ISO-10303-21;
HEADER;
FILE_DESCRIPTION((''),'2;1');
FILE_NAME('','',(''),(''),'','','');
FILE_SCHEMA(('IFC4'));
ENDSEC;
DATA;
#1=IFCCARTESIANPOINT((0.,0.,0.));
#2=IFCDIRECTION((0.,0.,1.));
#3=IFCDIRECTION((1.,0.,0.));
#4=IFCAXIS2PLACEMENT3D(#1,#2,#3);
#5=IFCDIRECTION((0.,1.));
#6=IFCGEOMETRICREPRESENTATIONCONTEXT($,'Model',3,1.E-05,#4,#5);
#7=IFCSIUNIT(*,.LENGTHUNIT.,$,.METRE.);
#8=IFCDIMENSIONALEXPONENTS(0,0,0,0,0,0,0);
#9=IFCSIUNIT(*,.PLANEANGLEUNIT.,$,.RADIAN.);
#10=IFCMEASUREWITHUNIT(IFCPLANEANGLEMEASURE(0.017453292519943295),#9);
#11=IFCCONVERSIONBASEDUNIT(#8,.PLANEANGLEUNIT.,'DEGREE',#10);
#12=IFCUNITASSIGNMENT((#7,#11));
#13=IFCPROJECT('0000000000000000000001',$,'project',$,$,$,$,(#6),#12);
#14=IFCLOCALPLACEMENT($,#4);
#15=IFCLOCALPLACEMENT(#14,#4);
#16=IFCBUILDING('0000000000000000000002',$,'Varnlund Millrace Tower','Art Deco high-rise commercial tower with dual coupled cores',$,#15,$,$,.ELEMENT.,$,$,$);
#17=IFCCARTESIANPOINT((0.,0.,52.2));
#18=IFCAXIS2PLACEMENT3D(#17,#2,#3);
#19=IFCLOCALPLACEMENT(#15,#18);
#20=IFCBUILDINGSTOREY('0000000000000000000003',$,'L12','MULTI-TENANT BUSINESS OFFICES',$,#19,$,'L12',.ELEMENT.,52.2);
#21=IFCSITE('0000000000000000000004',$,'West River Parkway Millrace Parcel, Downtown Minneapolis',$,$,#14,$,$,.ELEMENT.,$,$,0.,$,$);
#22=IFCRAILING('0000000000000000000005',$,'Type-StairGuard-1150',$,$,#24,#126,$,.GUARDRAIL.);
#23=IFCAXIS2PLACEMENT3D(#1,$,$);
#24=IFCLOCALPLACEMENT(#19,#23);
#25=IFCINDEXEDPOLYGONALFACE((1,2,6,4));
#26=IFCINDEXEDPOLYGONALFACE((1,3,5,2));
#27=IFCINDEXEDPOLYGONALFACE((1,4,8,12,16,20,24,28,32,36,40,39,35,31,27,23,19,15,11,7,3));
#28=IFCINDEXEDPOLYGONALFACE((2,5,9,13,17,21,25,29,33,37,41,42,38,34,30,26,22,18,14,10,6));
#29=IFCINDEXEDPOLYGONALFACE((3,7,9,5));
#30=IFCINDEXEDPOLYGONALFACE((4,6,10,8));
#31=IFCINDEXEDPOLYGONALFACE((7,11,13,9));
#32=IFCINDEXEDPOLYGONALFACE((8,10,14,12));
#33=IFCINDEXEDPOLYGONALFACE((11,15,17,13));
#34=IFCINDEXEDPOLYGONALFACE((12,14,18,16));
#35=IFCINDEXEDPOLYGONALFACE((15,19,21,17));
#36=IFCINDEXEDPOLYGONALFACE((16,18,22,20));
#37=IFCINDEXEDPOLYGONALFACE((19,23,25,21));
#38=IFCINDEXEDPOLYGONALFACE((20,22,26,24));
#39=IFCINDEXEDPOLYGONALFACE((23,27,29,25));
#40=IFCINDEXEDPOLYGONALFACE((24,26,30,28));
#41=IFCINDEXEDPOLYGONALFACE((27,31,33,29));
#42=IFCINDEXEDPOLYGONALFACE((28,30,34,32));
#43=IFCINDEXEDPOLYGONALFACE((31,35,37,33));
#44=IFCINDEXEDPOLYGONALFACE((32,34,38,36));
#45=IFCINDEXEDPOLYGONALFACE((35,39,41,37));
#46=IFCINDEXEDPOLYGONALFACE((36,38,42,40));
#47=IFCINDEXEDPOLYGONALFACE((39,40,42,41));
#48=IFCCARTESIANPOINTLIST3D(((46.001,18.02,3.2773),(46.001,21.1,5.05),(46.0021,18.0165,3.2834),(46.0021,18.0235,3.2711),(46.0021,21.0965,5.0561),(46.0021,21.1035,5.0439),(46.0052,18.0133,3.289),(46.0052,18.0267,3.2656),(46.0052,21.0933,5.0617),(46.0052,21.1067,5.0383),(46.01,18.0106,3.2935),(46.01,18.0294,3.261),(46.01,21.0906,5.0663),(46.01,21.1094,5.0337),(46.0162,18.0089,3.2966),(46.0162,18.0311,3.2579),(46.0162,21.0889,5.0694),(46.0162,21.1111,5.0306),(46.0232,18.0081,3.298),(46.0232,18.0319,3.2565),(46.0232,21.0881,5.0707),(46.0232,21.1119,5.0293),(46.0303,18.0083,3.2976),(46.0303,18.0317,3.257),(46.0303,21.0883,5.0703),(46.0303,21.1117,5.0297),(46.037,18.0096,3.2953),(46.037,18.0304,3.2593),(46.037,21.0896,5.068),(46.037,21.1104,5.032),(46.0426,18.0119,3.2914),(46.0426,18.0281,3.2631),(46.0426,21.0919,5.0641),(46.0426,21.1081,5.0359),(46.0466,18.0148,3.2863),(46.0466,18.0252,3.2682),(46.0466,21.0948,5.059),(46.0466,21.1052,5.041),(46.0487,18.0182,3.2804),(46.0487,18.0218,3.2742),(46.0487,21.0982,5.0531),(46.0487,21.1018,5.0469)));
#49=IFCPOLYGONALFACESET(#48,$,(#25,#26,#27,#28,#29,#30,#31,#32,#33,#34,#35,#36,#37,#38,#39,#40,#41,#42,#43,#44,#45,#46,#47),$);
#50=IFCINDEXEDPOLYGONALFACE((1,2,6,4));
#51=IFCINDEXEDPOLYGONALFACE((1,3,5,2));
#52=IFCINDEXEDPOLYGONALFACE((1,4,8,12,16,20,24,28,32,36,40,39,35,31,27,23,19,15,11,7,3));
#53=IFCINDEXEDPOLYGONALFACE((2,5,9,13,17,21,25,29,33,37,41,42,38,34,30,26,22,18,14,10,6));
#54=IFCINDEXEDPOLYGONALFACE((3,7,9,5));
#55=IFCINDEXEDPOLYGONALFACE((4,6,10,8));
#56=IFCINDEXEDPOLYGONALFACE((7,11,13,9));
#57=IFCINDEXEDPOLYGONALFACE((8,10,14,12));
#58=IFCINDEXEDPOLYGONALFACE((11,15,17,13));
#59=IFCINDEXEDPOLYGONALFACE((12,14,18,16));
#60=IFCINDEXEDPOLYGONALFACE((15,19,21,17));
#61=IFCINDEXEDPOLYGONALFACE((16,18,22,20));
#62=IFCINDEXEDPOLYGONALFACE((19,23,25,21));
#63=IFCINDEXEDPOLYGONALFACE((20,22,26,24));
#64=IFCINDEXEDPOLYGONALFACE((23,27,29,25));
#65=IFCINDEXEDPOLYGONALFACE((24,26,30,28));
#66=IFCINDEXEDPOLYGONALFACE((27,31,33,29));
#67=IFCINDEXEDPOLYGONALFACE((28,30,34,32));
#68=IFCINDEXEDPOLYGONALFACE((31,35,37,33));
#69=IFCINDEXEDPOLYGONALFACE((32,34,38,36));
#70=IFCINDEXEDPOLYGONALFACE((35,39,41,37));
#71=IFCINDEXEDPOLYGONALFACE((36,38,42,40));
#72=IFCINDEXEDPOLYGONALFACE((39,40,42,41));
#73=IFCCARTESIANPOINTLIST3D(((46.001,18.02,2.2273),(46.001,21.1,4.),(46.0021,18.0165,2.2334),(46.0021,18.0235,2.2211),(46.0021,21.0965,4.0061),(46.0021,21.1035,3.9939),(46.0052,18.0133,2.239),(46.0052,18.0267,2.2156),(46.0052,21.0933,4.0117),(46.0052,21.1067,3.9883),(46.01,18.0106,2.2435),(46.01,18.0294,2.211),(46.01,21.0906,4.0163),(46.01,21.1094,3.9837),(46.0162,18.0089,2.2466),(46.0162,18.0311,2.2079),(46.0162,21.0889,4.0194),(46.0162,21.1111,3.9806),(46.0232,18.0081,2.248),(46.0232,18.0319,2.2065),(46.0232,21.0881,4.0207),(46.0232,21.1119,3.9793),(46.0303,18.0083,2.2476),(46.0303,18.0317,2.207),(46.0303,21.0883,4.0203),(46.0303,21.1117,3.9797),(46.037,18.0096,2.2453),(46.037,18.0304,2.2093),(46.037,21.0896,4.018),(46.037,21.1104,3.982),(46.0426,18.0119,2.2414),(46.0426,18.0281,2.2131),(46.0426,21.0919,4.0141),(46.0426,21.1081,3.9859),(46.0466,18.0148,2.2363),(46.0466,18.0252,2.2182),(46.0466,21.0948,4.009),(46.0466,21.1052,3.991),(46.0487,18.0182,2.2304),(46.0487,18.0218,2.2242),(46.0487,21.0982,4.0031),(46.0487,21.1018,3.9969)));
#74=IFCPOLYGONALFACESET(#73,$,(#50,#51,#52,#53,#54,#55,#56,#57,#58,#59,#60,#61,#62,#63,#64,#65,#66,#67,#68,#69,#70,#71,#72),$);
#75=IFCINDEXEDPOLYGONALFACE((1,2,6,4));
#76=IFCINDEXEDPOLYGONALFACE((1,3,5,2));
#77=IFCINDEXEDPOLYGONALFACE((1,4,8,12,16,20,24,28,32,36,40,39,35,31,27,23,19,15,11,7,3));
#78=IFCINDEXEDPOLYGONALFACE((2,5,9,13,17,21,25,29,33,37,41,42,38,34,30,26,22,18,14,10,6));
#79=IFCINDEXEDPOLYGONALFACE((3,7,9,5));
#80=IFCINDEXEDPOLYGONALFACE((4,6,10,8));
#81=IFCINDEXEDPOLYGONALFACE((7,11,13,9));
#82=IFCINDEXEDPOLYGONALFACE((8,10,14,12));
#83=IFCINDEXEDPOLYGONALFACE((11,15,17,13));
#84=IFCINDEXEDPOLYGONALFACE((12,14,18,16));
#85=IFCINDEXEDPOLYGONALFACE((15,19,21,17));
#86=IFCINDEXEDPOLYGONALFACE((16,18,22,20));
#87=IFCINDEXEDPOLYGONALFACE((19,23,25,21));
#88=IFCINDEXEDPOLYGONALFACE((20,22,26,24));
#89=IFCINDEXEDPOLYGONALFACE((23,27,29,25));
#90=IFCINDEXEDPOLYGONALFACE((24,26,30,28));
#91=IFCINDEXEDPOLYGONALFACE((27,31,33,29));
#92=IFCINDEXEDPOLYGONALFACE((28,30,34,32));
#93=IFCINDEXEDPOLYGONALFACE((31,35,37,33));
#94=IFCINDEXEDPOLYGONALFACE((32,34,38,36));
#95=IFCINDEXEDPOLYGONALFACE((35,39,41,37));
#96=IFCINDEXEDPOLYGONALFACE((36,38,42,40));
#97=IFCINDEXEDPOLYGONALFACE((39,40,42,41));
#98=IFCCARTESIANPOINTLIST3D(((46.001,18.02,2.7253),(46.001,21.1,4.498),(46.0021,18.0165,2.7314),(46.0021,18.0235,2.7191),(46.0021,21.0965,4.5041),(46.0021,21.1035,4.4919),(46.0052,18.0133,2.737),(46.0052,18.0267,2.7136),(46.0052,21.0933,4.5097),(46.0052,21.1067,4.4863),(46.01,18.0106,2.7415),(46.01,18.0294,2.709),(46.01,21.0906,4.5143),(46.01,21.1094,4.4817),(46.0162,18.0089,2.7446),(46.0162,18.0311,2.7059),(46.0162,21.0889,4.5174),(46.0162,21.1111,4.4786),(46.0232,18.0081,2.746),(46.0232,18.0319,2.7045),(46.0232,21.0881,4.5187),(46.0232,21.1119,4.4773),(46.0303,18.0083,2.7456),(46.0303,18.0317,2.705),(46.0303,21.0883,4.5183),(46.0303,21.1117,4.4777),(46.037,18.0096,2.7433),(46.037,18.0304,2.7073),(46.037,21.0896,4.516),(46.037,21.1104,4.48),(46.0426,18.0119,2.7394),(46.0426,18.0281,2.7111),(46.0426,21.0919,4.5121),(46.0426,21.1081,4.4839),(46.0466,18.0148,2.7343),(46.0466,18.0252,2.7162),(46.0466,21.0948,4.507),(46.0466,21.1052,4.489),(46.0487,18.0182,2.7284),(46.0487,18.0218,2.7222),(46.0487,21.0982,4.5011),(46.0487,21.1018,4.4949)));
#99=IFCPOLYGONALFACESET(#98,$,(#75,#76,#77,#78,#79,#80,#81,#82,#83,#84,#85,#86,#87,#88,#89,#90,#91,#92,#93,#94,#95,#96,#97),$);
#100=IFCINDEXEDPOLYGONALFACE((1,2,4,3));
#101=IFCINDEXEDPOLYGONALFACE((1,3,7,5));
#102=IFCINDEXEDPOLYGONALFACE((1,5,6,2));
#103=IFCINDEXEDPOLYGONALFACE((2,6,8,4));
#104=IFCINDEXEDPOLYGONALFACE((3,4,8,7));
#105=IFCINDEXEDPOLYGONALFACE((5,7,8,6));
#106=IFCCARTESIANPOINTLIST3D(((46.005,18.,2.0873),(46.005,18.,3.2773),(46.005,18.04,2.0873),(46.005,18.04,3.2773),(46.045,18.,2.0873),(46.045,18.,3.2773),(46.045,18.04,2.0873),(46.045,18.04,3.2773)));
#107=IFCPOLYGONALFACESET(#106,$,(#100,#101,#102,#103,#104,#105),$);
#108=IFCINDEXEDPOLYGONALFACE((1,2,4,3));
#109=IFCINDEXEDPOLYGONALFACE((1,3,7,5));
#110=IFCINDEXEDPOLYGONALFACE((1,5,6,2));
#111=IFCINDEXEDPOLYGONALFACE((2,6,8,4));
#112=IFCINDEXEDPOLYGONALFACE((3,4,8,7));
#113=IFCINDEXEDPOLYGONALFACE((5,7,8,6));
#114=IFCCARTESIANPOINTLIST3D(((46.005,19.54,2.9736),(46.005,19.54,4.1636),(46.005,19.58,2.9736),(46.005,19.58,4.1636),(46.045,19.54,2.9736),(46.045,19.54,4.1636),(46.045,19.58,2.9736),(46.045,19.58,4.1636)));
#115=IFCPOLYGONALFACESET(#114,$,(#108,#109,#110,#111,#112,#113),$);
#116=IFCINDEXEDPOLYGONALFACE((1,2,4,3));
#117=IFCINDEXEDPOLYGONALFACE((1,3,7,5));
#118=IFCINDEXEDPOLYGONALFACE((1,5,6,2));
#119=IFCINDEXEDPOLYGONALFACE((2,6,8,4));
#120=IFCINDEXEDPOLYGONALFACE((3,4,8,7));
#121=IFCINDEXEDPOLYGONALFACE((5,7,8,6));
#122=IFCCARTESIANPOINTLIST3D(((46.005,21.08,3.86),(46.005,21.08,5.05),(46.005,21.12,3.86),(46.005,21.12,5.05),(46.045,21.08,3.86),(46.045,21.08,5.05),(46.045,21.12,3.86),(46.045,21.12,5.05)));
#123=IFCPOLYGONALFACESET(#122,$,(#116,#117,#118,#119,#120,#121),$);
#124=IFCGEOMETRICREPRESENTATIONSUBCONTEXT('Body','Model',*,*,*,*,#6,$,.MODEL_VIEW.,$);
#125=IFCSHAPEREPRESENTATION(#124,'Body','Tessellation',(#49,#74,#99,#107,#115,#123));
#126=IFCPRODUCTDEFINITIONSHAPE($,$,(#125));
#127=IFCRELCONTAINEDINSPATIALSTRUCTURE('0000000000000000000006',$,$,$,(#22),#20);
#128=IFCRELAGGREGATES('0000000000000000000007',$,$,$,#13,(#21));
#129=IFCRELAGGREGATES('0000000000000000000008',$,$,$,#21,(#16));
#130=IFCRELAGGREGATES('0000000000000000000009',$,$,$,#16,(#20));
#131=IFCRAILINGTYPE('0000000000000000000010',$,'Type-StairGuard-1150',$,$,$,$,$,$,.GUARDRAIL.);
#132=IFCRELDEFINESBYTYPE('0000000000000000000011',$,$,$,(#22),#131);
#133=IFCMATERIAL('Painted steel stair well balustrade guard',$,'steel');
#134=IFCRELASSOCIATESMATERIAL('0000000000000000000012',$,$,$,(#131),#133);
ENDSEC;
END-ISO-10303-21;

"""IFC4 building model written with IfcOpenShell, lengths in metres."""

from ifc_helpers import new_model, entity, si_unit, converted_unit, direction, frame, origin_with_axes, origin_2d_with_axis, place, context, subcontext, project, spatial, rectangle, circle, extrude, material, type_object, element, save


model = new_model("IFC4")

# Units and contexts
model_context = context("Model", 3, precision=1e-05, world=origin_with_axes(), true_north=direction((0.0, 1.0)))
body_context = subcontext(model_context, "Body", "Model", "MODEL_VIEW")
ifc_project = project(units=[si_unit("LENGTHUNIT", "METRE"), converted_unit("PLANEANGLEUNIT", "DEGREE", entity("IfcPlaneAngleMeasure", 0.017453292519943295), si_unit("PLANEANGLEUNIT", "RADIAN"), dimensions=[0, 0, 0, 0, 0, 0, 0])], contexts=[model_context])

# Site, building, storey
site_placement = place(None, origin_with_axes())
site = spatial("IfcSite", under=ifc_project, at=site_placement, Name="West River Parkway Millrace Parcel, Downtown Minneapolis", CompositionType="ELEMENT", RefElevation=0.0)
building_placement = place(site_placement, origin_with_axes())
building = spatial("IfcBuilding", under=site, at=building_placement, Name="Varnlund Millrace Tower", Description="Art Deco high-rise commercial tower with dual coupled cores", CompositionType="ELEMENT")
storey_placement = place(building_placement, frame((0.0, 0.0, 52.2), z_axis=(0.0, 0.0, 1.0), x_axis=(1.0, 0.0, 0.0)))
storey = spatial("IfcBuildingStorey", under=building, at=storey_placement, Name="L12", Description="MULTI-TENANT BUSINESS OFFICES", LongName="L12", CompositionType="ELEMENT", Elevation=52.2)

# Railing
ifc_material_1 = material(Name="Painted steel stair well balustrade guard", Category="steel")
railing_type_1 = type_object("IfcRailingType", Name="Type-StairGuard-1150", PredefinedType="GUARDRAIL", material=ifc_material_1)
railing_1_placement = place(storey_placement, frame((0.0, 0.0, -52.2), z_axis=(0.0, 0.0, 1.0), x_axis=(1.0, 0.0, 0.0)))
element("IfcRailing", 1, at=railing_1_placement, inside=storey, type_object=railing_type_1, Name="Type-StairGuard-1150", PredefinedType="GUARDRAIL", context=body_context, shape_type="SweptSolid", body=[
    extrude(circle(Radius=0.024, at=origin_2d_with_axis()), frame((46.025, 18.02, 55.4773), z_axis=(0.0, 0.866696, 0.498836), x_axis=(-1.0, 0.0, 0.0)), (0.0, 0.0, 1.0), 3.5537),
    extrude(circle(Radius=0.024, at=origin_2d_with_axis()), frame((46.025, 18.02, 54.4273), z_axis=(0.0, 0.866696, 0.498836), x_axis=(-1.0, 0.0, 0.0)), (0.0, 0.0, 1.0), 3.5537),
    extrude(circle(Radius=0.024, at=origin_2d_with_axis()), frame((46.025, 18.02, 54.9253), z_axis=(0.0, 0.866696, 0.498836), x_axis=(-1.0, 0.0, 0.0)), (0.0, 0.0, 1.0), 3.5537),
    extrude(rectangle(XDim=0.04, YDim=0.04, at=origin_2d_with_axis()), frame((46.025, 18.02, 54.2873), z_axis=(0.0, 0.0, 1.0), x_axis=(1.0, 0.0, 0.0)), (0.0, 0.0, 1.0), 1.19),
    extrude(rectangle(XDim=0.04, YDim=0.04, at=origin_2d_with_axis()), frame((46.025, 19.56, 55.1736), z_axis=(0.0, 0.0, 1.0), x_axis=(1.0, 0.0, 0.0)), (0.0, 0.0, 1.0), 1.19),
    extrude(rectangle(XDim=0.04, YDim=0.04, at=origin_2d_with_axis()), frame((46.025, 21.1, 56.06), z_axis=(0.0, 0.0, 1.0), x_axis=(1.0, 0.0, 0.0)), (0.0, 0.0, 1.0), 1.19),
])

save(model, "model.ifc")
